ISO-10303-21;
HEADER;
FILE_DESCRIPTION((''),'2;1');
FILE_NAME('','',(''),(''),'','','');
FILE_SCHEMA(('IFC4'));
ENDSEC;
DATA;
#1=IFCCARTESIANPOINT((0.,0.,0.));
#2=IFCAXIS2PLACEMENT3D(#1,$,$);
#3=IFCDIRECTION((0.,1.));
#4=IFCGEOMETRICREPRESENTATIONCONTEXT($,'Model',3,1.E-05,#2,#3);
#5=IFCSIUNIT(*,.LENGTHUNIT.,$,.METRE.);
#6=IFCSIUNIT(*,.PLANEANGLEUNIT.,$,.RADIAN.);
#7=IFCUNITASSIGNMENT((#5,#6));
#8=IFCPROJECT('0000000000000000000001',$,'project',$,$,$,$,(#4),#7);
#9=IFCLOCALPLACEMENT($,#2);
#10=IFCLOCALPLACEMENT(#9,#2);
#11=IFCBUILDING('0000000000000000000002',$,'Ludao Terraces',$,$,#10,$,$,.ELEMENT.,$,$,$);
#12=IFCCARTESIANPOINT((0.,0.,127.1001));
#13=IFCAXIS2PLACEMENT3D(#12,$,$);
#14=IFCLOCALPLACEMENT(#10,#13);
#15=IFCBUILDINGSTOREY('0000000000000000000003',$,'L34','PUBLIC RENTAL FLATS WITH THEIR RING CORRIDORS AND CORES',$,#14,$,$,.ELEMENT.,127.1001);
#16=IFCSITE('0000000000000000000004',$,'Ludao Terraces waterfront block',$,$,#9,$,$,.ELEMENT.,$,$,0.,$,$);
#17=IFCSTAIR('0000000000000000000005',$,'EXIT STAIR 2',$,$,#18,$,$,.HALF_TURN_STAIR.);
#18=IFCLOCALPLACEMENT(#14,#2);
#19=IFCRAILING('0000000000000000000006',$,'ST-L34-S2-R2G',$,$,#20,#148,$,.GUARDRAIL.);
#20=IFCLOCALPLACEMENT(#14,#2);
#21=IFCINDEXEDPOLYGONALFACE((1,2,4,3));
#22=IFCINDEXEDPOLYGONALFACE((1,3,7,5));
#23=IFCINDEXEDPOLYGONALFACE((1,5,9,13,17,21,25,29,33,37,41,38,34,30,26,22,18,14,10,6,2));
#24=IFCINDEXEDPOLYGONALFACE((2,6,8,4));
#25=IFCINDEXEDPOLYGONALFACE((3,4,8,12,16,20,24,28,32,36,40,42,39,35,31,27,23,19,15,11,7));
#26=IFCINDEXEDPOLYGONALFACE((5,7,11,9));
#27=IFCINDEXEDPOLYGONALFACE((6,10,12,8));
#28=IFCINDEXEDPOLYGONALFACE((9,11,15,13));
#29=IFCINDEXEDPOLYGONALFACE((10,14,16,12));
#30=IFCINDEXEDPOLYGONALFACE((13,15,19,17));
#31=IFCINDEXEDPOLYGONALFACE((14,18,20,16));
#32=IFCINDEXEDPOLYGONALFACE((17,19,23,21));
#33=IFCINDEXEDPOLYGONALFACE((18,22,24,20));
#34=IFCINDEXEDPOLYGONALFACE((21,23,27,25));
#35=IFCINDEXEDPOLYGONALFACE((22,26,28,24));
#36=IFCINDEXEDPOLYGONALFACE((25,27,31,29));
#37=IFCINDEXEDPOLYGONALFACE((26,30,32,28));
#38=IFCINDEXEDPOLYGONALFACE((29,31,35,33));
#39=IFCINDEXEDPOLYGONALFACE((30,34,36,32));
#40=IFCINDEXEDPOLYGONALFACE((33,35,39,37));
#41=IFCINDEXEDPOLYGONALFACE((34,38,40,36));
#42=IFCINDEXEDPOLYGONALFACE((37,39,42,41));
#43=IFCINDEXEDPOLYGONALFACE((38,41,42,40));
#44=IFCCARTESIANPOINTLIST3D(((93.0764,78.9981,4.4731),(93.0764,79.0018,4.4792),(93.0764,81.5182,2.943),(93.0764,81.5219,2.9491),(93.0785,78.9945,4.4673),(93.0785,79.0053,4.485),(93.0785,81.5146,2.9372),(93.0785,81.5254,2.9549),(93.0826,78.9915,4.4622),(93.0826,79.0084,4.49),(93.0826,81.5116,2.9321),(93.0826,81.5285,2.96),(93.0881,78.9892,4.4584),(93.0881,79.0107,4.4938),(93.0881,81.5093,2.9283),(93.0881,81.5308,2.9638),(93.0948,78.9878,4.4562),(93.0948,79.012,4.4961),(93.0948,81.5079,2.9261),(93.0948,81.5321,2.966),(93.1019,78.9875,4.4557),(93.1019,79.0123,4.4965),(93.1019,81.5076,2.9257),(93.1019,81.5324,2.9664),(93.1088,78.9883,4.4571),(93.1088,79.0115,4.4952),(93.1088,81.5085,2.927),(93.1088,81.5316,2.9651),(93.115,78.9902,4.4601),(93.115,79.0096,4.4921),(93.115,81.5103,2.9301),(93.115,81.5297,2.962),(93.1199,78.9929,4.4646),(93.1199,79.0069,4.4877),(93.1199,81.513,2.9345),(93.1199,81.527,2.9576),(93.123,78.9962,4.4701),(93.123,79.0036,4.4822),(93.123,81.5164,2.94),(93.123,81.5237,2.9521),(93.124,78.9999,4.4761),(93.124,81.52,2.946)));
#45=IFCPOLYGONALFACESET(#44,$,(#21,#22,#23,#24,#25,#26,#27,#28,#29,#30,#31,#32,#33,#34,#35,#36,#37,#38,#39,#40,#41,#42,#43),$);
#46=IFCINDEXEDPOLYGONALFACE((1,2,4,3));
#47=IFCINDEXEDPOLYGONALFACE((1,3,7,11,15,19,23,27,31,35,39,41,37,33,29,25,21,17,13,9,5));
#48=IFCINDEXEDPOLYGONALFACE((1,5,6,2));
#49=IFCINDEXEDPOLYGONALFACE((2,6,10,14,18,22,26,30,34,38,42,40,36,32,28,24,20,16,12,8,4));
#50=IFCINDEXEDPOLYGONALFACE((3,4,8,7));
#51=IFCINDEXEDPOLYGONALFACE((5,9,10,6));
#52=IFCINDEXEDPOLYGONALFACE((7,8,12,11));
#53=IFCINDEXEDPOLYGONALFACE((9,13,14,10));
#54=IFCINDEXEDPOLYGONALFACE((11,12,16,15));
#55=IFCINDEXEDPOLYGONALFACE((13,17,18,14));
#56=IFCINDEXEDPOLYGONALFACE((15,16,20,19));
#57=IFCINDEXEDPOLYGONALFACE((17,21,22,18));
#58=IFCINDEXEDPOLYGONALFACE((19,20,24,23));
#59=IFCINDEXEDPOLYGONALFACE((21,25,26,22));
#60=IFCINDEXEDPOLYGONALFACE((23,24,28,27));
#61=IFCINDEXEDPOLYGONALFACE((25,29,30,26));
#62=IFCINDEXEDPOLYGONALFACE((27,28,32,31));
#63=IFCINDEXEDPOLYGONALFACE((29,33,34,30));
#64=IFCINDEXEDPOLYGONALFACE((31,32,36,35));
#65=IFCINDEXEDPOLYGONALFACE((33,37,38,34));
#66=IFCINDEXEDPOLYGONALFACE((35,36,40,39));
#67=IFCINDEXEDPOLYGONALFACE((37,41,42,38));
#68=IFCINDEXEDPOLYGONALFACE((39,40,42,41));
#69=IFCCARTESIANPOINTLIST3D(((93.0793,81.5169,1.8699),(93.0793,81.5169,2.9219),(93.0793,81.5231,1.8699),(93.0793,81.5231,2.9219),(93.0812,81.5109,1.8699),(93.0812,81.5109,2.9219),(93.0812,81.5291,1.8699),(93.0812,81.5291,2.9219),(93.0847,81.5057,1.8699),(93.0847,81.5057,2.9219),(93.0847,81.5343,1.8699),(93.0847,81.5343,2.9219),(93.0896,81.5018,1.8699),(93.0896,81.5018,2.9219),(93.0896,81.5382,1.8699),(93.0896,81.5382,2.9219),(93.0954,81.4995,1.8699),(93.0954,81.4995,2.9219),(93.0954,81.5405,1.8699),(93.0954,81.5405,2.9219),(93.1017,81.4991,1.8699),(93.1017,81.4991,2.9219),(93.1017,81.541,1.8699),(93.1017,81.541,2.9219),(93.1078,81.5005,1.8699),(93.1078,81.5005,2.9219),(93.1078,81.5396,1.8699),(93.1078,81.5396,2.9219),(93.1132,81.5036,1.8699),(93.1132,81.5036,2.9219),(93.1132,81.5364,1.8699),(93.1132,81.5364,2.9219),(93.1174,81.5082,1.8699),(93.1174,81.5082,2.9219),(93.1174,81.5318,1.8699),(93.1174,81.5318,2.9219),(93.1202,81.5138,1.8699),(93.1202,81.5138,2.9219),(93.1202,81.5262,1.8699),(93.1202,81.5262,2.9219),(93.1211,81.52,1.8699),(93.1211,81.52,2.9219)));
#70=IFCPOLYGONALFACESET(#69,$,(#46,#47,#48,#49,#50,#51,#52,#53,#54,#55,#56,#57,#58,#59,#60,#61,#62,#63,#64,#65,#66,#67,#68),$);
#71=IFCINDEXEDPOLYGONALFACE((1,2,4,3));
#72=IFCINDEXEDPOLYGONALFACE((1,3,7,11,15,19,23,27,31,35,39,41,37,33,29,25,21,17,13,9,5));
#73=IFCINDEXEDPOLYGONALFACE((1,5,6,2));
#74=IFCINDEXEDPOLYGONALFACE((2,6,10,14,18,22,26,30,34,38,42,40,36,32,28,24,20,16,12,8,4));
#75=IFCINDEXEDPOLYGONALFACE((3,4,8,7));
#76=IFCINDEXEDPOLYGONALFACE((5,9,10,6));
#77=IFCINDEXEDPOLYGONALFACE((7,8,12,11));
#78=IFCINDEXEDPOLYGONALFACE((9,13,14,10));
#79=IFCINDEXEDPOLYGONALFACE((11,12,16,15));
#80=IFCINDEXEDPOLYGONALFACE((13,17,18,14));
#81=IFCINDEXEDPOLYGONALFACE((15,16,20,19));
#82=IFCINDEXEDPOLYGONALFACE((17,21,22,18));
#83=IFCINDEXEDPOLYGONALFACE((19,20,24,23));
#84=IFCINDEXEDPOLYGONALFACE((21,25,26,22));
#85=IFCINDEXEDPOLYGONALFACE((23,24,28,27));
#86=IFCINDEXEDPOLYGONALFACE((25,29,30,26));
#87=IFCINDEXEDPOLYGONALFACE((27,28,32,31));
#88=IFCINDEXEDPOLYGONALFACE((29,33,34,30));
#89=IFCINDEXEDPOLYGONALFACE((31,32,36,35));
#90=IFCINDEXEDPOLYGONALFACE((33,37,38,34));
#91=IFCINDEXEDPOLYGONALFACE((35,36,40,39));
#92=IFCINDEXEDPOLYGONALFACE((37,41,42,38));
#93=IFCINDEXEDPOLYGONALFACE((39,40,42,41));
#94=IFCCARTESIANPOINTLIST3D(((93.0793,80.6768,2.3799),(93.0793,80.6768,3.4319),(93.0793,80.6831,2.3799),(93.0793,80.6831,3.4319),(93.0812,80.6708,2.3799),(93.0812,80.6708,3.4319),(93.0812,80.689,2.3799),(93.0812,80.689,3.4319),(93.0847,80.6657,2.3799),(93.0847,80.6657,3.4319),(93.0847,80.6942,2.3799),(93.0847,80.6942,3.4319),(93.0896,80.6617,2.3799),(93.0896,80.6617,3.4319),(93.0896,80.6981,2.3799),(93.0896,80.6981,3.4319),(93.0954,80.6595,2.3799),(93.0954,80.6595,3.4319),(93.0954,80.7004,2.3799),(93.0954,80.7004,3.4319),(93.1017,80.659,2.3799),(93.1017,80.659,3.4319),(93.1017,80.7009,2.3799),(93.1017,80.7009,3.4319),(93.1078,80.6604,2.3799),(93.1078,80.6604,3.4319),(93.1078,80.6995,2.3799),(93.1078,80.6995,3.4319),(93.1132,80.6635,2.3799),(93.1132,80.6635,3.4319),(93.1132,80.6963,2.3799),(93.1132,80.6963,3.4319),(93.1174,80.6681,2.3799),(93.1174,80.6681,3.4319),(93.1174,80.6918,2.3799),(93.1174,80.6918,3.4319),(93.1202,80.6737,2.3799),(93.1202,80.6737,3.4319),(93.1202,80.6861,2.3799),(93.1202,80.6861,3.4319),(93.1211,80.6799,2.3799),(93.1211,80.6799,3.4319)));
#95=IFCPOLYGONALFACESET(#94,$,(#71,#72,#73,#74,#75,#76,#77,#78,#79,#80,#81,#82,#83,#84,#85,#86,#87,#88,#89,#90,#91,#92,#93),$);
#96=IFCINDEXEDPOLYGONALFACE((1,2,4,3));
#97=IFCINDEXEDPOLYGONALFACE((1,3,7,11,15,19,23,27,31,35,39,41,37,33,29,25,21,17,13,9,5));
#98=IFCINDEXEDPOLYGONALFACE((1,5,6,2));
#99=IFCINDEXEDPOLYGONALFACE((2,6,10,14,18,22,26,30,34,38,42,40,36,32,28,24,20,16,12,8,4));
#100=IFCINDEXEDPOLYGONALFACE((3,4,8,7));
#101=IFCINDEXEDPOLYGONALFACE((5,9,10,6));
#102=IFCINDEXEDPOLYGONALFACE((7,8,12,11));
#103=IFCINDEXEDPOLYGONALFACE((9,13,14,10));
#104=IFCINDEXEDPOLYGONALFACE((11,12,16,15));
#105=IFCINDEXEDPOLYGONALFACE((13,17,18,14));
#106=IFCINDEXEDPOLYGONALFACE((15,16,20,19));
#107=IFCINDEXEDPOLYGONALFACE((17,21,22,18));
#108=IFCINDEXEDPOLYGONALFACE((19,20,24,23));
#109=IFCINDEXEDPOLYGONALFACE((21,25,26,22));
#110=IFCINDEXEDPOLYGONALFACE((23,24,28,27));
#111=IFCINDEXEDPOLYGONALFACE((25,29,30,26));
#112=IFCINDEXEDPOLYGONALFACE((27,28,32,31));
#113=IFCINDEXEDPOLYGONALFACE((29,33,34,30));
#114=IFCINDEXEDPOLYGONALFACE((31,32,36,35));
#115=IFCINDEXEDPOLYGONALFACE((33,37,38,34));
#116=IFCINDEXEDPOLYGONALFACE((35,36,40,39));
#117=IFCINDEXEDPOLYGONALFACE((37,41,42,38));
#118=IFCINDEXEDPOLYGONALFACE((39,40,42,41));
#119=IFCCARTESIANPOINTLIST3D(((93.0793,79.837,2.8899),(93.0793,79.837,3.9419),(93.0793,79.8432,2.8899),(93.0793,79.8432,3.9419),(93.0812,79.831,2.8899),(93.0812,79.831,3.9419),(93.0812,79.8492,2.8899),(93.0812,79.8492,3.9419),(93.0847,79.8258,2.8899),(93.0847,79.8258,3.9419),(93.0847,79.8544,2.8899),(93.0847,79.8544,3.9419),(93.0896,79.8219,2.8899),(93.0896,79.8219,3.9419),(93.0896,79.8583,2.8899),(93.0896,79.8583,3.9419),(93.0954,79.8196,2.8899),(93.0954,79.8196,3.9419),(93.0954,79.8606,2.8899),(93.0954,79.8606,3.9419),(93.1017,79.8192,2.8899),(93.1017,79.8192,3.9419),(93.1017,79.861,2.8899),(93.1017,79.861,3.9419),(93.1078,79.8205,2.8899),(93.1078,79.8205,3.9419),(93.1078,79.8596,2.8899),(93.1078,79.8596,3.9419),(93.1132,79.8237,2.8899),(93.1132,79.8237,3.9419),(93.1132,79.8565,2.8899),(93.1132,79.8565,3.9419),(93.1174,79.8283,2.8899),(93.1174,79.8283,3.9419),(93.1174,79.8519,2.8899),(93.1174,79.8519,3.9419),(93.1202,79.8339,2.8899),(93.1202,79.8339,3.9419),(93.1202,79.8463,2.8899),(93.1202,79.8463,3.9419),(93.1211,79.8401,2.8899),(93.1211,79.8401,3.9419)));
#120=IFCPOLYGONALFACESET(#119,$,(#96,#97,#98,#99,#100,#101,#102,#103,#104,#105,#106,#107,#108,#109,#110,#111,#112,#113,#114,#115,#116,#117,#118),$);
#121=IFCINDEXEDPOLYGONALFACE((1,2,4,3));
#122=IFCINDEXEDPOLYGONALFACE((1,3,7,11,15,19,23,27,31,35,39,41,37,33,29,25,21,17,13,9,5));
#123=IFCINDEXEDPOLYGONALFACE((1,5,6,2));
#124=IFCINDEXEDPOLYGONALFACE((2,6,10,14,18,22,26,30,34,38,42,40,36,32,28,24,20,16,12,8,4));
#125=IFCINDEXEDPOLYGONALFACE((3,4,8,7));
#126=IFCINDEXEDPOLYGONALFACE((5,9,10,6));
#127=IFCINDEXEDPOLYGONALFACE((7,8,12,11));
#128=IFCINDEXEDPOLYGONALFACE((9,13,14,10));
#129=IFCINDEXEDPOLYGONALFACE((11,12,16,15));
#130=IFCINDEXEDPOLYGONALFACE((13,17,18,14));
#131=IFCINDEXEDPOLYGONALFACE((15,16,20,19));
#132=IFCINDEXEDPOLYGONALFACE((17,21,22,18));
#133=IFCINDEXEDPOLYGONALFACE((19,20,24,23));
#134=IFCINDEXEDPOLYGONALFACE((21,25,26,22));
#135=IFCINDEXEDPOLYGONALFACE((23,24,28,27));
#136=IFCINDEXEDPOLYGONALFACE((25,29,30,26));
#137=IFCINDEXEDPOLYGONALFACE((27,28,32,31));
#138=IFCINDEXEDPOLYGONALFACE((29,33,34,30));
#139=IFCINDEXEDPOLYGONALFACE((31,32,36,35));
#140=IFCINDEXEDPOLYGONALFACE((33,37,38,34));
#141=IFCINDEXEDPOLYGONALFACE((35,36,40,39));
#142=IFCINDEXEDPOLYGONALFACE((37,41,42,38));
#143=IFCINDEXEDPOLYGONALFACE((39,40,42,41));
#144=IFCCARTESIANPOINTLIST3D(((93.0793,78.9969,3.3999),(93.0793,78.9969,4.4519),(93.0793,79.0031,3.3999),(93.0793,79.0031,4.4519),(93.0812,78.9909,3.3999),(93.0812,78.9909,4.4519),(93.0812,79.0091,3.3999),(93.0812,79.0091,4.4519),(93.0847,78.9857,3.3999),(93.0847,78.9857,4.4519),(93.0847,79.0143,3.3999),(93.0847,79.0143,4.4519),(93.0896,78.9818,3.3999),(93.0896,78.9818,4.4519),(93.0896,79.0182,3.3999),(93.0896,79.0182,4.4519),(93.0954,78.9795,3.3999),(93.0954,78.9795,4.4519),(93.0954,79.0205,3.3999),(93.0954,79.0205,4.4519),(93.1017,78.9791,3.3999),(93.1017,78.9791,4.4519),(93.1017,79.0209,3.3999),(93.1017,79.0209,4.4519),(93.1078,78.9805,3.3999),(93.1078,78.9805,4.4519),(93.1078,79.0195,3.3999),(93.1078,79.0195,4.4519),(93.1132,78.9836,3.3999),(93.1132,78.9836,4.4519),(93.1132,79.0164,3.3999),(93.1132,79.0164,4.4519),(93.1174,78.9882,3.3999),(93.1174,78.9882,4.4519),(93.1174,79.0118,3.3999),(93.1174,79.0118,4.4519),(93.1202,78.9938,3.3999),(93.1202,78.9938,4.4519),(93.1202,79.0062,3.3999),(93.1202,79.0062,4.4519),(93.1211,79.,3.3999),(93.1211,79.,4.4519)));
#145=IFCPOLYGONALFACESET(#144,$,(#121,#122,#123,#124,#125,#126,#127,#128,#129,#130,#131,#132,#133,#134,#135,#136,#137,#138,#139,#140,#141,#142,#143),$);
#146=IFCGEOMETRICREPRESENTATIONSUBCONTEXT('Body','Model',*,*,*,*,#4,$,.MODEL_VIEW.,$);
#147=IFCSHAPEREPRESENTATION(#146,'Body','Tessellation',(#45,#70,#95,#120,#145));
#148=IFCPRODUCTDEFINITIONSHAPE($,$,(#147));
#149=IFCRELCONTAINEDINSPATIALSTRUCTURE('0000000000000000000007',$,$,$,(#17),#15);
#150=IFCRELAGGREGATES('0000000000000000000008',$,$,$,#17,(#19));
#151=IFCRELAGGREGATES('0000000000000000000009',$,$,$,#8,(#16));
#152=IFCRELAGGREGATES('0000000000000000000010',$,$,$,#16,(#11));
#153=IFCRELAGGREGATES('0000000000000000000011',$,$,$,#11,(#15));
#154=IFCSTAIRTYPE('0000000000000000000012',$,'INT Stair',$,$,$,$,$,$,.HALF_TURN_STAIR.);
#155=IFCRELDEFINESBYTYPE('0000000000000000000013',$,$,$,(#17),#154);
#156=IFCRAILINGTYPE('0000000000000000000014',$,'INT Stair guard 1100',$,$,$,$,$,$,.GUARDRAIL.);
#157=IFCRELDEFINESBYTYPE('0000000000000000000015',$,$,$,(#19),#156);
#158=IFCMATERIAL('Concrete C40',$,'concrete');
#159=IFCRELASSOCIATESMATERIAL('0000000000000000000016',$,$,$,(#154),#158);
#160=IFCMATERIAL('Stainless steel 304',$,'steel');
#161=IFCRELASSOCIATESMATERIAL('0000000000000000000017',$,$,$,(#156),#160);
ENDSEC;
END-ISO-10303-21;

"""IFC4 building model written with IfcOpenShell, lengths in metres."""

from ifc_helpers import new_model, si_unit, direction, frame, origin, origin_2d, place, context, subcontext, project, spatial, circle, extrude, material, type_object, element, aggregate, save


model = new_model("IFC4")

# Units and contexts
model_context = context("Model", 3, precision=1e-05, world=origin(), true_north=direction((0.0, 1.0)))
body_context = subcontext(model_context, "Body", "Model", "MODEL_VIEW")
ifc_project = project(units=[si_unit("LENGTHUNIT", "METRE"), si_unit("PLANEANGLEUNIT", "RADIAN")], contexts=[model_context])

# Site, building, storey
site_placement = place(None, origin())
site = spatial("IfcSite", under=ifc_project, at=site_placement, Name="Ludao Terraces waterfront block", CompositionType="ELEMENT", RefElevation=0.0)
building_placement = place(site_placement, origin())
building = spatial("IfcBuilding", under=site, at=building_placement, Name="Ludao Terraces", CompositionType="ELEMENT")
storey_placement = place(building_placement, frame((0.0, 0.0, 127.1001)))
storey = spatial("IfcBuildingStorey", under=building, at=storey_placement, Name="L34", Description="PUBLIC RENTAL FLATS WITH THEIR RING CORRIDORS AND CORES", CompositionType="ELEMENT", Elevation=127.1001)

# Shared definitions
ifc_material_1 = material(Name="Stainless steel 304", Category="steel")

# Stair, railing
ifc_material_2 = material(Name="Concrete C40", Category="concrete")
stair_type = type_object("IfcStairType", Name="INT Stair", PredefinedType="HALF_TURN_STAIR", material=ifc_material_2)
stair_placement = place(storey_placement, origin())
stair = element("IfcStair", 1, at=stair_placement, inside=storey, type_object=stair_type, Name="EXIT STAIR 2", PredefinedType="HALF_TURN_STAIR")
railing_type = type_object("IfcRailingType", Name="INT Stair guard 1100", PredefinedType="GUARDRAIL", material=ifc_material_1)
railing_1_placement = place(storey_placement, frame((93.1001, 81.52, 1.8699)))
railing_1 = element("IfcRailing", 2, at=railing_1_placement, type_object=railing_type, Name="ST-L34-S2-R2G", PredefinedType="GUARDRAIL", context=body_context, shape_type="SweptSolid", body=[
    extrude(circle(Radius=0.0239, at=origin_2d()), frame((0.0, 0.0, 1.0762), z_axis=(0.0, -0.854785, 0.518982), x_axis=(1.0, 0.0, 0.0)), (0.0, 0.0, 1.0), 2.9482),
    extrude(circle(Radius=0.021, at=origin_2d()), origin(), (0.0, 0.0, 1.0), 1.052),
    extrude(circle(Radius=0.021, at=origin_2d()), frame((0.0, -0.8401, 0.51)), (0.0, 0.0, 1.0), 1.052),
    extrude(circle(Radius=0.021, at=origin_2d()), frame((0.0, -1.6799, 1.02)), (0.0, 0.0, 1.0), 1.052),
    extrude(circle(Radius=0.021, at=origin_2d()), frame((0.0, -2.52, 1.53)), (0.0, 0.0, 1.0), 1.052),
])
aggregate(stair, [railing_1])

save(model, "model.ifc")
